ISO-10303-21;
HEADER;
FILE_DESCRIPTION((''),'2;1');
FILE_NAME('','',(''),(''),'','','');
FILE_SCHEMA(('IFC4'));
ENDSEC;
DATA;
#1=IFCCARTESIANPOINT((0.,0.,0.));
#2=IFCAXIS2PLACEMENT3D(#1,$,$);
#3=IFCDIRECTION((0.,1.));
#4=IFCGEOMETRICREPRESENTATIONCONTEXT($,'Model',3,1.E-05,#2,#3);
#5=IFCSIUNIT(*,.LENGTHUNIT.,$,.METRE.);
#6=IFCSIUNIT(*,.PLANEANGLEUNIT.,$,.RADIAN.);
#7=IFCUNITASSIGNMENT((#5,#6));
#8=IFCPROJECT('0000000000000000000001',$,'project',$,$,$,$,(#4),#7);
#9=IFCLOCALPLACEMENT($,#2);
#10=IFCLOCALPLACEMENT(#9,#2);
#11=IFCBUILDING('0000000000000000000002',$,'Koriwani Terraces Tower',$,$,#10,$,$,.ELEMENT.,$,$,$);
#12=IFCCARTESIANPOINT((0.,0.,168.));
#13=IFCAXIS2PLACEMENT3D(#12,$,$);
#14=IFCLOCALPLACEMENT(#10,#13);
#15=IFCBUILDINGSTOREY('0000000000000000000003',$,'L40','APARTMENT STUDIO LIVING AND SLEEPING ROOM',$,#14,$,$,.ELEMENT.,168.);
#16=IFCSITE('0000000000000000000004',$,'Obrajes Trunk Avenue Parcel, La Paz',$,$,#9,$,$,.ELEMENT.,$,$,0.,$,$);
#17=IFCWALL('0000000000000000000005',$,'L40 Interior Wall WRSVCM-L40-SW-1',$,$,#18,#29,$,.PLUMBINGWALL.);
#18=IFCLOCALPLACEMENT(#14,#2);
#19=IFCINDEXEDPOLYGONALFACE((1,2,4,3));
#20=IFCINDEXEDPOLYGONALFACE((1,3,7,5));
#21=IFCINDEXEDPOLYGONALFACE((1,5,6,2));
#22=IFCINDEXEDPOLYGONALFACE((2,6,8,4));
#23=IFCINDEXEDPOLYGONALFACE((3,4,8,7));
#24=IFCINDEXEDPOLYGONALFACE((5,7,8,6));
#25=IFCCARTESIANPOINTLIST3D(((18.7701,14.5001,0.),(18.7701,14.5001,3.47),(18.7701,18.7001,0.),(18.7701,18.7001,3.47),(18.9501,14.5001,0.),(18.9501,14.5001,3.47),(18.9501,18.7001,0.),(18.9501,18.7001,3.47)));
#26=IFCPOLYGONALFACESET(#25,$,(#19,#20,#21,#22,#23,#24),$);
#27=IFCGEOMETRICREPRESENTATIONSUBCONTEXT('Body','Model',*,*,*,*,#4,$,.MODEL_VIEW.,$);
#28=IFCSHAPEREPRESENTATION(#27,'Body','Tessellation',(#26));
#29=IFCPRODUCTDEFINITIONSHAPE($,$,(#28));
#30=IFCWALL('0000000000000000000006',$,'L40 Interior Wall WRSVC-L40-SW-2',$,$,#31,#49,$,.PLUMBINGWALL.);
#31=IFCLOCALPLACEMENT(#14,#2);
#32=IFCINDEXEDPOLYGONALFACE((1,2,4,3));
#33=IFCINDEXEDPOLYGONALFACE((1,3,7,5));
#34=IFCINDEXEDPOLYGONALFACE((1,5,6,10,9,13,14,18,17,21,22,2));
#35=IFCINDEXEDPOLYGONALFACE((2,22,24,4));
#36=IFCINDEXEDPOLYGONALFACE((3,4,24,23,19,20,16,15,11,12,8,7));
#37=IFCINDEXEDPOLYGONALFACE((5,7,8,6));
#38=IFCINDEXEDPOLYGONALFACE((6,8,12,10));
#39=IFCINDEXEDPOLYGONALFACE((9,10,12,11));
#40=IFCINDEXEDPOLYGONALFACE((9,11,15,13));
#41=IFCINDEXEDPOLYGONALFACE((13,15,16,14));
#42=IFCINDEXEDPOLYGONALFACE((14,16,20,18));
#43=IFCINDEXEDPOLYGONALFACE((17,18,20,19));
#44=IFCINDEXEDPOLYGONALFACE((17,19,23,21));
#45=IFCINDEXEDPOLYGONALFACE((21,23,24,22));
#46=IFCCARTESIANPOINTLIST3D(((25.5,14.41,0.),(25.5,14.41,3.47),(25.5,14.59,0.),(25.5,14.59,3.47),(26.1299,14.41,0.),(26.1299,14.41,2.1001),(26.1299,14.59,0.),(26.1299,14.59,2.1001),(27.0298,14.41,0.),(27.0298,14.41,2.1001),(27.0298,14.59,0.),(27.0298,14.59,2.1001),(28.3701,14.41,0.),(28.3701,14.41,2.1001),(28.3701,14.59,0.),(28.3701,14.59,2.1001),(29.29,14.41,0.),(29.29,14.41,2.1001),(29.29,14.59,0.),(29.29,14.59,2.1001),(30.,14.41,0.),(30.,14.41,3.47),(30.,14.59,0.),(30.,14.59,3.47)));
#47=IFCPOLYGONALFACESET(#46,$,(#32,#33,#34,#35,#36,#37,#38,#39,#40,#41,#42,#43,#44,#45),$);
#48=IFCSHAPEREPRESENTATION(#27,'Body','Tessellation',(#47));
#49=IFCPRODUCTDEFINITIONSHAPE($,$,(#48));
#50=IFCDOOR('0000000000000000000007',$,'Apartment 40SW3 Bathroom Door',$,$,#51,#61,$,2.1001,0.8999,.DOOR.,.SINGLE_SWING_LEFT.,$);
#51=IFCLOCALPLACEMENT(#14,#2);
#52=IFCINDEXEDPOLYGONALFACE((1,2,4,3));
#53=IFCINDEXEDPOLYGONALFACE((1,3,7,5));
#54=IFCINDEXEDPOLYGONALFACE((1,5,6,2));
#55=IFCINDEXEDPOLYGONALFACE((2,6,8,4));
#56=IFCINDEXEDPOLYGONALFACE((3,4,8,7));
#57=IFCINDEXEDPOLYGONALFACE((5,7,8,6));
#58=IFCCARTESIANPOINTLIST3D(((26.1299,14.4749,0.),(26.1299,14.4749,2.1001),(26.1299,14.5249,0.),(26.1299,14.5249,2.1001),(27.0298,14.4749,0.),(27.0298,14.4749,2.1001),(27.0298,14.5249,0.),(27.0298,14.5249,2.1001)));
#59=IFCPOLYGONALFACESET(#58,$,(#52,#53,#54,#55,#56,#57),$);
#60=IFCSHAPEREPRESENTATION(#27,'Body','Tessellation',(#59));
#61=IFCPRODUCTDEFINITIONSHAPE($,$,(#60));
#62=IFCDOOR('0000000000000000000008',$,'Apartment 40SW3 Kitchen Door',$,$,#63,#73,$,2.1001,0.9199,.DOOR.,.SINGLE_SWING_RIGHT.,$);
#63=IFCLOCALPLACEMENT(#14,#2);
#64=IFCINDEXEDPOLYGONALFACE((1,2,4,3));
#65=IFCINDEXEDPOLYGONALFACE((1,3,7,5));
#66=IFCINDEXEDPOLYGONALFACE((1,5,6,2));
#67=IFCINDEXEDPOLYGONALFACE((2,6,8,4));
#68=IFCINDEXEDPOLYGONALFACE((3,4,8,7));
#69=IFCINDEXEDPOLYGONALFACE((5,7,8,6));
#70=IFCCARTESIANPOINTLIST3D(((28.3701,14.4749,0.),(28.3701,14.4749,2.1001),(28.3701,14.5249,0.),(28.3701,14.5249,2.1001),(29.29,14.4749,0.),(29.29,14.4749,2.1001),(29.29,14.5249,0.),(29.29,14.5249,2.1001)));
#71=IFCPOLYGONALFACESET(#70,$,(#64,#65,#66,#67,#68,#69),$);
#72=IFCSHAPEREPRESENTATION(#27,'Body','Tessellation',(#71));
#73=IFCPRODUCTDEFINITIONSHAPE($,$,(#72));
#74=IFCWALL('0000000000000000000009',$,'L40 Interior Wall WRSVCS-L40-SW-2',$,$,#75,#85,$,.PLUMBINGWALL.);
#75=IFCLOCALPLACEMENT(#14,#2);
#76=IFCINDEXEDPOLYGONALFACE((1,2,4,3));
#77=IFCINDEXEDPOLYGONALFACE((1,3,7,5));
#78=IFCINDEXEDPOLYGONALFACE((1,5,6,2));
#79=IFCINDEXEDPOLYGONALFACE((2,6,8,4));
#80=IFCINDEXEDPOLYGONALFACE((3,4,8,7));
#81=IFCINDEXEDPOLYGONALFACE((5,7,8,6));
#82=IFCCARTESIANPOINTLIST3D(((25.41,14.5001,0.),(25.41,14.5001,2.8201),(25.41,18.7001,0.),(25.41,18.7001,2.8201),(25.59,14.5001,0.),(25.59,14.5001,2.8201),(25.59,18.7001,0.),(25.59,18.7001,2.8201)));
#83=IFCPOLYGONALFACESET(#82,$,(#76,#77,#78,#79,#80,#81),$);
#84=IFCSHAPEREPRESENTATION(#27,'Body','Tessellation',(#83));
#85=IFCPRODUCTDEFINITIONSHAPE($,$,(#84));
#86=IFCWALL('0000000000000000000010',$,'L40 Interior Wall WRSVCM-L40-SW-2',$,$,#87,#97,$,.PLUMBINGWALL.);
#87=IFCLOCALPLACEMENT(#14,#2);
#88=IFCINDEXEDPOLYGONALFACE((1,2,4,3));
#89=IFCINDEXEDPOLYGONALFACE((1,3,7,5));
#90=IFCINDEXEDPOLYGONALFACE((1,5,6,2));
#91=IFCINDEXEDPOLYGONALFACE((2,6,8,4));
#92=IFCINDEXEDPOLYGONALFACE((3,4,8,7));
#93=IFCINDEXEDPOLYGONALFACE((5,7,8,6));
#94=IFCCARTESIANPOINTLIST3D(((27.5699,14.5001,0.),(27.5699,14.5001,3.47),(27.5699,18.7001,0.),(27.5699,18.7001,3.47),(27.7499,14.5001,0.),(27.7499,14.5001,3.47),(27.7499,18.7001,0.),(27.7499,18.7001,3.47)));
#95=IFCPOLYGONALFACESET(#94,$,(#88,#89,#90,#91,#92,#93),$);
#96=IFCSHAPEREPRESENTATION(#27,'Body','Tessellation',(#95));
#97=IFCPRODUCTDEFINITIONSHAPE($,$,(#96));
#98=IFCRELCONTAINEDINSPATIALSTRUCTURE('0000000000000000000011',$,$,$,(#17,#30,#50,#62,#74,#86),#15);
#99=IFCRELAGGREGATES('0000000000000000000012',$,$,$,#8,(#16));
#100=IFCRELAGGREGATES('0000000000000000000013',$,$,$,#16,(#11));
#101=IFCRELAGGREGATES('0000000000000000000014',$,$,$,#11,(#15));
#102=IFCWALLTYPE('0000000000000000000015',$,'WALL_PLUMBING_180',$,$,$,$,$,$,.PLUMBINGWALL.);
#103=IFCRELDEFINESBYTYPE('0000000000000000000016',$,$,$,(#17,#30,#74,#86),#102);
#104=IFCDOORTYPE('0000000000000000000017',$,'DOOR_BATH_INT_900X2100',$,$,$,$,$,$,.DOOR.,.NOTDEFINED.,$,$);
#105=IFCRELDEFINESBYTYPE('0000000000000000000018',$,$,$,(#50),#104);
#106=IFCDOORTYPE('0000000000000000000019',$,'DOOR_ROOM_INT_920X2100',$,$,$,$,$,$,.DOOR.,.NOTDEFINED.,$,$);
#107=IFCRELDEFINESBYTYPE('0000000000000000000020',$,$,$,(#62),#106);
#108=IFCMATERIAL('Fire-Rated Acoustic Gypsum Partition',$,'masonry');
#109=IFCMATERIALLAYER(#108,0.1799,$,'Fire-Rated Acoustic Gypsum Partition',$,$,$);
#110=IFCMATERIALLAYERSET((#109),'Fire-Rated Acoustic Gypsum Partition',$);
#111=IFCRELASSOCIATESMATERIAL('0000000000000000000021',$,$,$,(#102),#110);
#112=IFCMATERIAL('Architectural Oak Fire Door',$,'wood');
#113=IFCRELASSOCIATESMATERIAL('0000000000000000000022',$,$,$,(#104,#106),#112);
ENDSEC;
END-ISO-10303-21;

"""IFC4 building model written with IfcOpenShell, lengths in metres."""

from ifc_helpers import new_model, si_unit, direction, frame, frame_2d, origin, place, context, subcontext, project, spatial, rectangle, extrude, material, layer, layer_set, type_object, element, fill, save


model = new_model("IFC4")

# Units and contexts
model_context = context("Model", 3, precision=1e-05, world=origin(), true_north=direction((0.0, 1.0)))
body_context = subcontext(model_context, "Body", "Model", "MODEL_VIEW")
ifc_project = project(units=[si_unit("LENGTHUNIT", "METRE"), si_unit("PLANEANGLEUNIT", "RADIAN")], contexts=[model_context])

# Site, building, storey
site_placement = place(None, origin())
site = spatial("IfcSite", under=ifc_project, at=site_placement, Name="Obrajes Trunk Avenue Parcel, La Paz", CompositionType="ELEMENT", RefElevation=0.0)
building_placement = place(site_placement, origin())
building = spatial("IfcBuilding", under=site, at=building_placement, Name="Koriwani Terraces Tower", CompositionType="ELEMENT")
storey_placement = place(building_placement, frame((0.0, 0.0, 168.0)))
storey = spatial("IfcBuildingStorey", under=building, at=storey_placement, Name="L40", Description="APARTMENT STUDIO LIVING AND SLEEPING ROOM", CompositionType="ELEMENT", Elevation=168.0)

# Shared definitions
ifc_material_1 = material(Name="Fire-Rated Acoustic Gypsum Partition", Category="masonry")
ifc_layer_1 = layer(ifc_material_1, 0.1799, Name="Fire-Rated Acoustic Gypsum Partition")
ifc_layer_set_1 = layer_set([ifc_layer_1], Name="Fire-Rated Acoustic Gypsum Partition")
wall_type_1 = type_object("IfcWallType", Name="WALL_PLUMBING_180", PredefinedType="PLUMBINGWALL", material=ifc_layer_set_1)

# Shared definitions
ifc_material_2 = material(Name="Architectural Oak Fire Door", Category="wood")
door_type_1 = type_object("IfcDoorType", Name="DOOR_BATH_INT_900X2100", OperationType="NOTDEFINED", PredefinedType="DOOR", material=ifc_material_2)
door_type_2 = type_object("IfcDoorType", Name="DOOR_ROOM_INT_920X2100", OperationType="NOTDEFINED", PredefinedType="DOOR", material=ifc_material_2)

# Wall
wall_1_placement = place(storey_placement, frame((18.8601, 14.5, 0.0), z_axis=(0.0, 0.0, 1.0), x_axis=(0.0, 1.0, 0.0)))
element("IfcWall", 1, at=wall_1_placement, inside=storey, type_object=wall_type_1, Name="L40 Interior Wall WRSVCM-L40-SW-1", PredefinedType="PLUMBINGWALL", context=body_context, shape_type="SweptSolid", body=[
    extrude(rectangle(XDim=4.2, YDim=0.1799, at=frame_2d((2.1001, 0.0))), origin(), (0.0, 0.0, 1.0), 3.47),
])

# Wall, openings, doors
wall_2_placement = place(storey_placement, frame((25.5, 14.5, 0.0), z_axis=(0.0, 0.0, 1.0), x_axis=(1.0, 0.0, 0.0)))
wall_2 = element("IfcWall", 2, at=wall_2_placement, inside=storey, type_object=wall_type_1, Name="L40 Interior Wall WRSVC-L40-SW-2", PredefinedType="PLUMBINGWALL", context=body_context, shape_type="SweptSolid", body=[
    extrude(rectangle(XDim=4.5, YDim=0.1799, at=frame_2d((2.25, 0.0))), origin(), (0.0, 0.0, 1.0), 3.47),
])
opening_1_placement = place(wall_2_placement, frame((0.6299, 0.0, 0.0)))
opening_1 = element("IfcOpeningElement", 3, at=opening_1_placement, cuts=wall_2, PredefinedType="OPENING", context=body_context, shape_type="SweptSolid", body=[
    extrude(rectangle(XDim=0.8999, YDim=2.1001, at=frame_2d((0.45, 1.05))), frame((0.0, 0.1001, 0.0), z_axis=(0.0, -1.0, 0.0), x_axis=(1.0, 0.0, 0.0)), (0.0, 0.0, 1.0), 0.2),
])
opening_2_placement = place(wall_2_placement, frame((2.8701, 0.0, 0.0)))
opening_2 = element("IfcOpeningElement", 4, at=opening_2_placement, cuts=wall_2, PredefinedType="OPENING", context=body_context, shape_type="SweptSolid", body=[
    extrude(rectangle(XDim=0.9199, YDim=2.1001, at=frame_2d((0.46, 1.05))), frame((0.0, 0.1001, 0.0), z_axis=(0.0, -1.0, 0.0), x_axis=(1.0, 0.0, 0.0)), (0.0, 0.0, 1.0), 0.2),
])
door_1_placement = place(opening_1_placement, origin())
door_1 = element("IfcDoor", 5, at=door_1_placement, inside=storey, type_object=door_type_1, Name="Apartment 40SW3 Bathroom Door", OperationType="SINGLE_SWING_LEFT", OverallHeight=2.1001, OverallWidth=0.8999, PredefinedType="DOOR", context=body_context, shape_type="SweptSolid", body=[
    extrude(rectangle(XDim=0.8999, YDim=2.1001, at=frame_2d((0.45, 1.05))), frame((0.0, 0.0249, 0.0), z_axis=(0.0, -1.0, 0.0), x_axis=(1.0, 0.0, 0.0)), (0.0, 0.0, 1.0), 0.05),
])
fill(opening_1, door_1)
door_2_placement = place(opening_2_placement, origin())
door_2 = element("IfcDoor", 6, at=door_2_placement, inside=storey, type_object=door_type_2, Name="Apartment 40SW3 Kitchen Door", OperationType="SINGLE_SWING_RIGHT", OverallHeight=2.1001, OverallWidth=0.9199, PredefinedType="DOOR", context=body_context, shape_type="SweptSolid", body=[
    extrude(rectangle(XDim=0.9199, YDim=2.1001, at=frame_2d((0.46, 1.05))), frame((0.0, 0.0249, 0.0), z_axis=(0.0, -1.0, 0.0), x_axis=(1.0, 0.0, 0.0)), (0.0, 0.0, 1.0), 0.05),
])
fill(opening_2, door_2)

# Walls
wall_3_placement = place(storey_placement, frame((25.5, 14.5, 0.0), z_axis=(0.0, 0.0, 1.0), x_axis=(0.0, 1.0, 0.0)))
element("IfcWall", 7, at=wall_3_placement, inside=storey, type_object=wall_type_1, Name="L40 Interior Wall WRSVCS-L40-SW-2", PredefinedType="PLUMBINGWALL", context=body_context, shape_type="SweptSolid", body=[
    extrude(rectangle(XDim=4.2, YDim=0.1799, at=frame_2d((2.1001, 0.0))), origin(), (0.0, 0.0, 1.0), 2.8201),
])
wall_4_placement = place(storey_placement, frame((27.6599, 14.5, 0.0), z_axis=(0.0, 0.0, 1.0), x_axis=(0.0, 1.0, 0.0)))
element("IfcWall", 8, at=wall_4_placement, inside=storey, type_object=wall_type_1, Name="L40 Interior Wall WRSVCM-L40-SW-2", PredefinedType="PLUMBINGWALL", context=body_context, shape_type="SweptSolid", body=[
    extrude(rectangle(XDim=4.2, YDim=0.1799, at=frame_2d((2.1001, 0.0))), origin(), (0.0, 0.0, 1.0), 3.47),
])

save(model, "model.ifc")
